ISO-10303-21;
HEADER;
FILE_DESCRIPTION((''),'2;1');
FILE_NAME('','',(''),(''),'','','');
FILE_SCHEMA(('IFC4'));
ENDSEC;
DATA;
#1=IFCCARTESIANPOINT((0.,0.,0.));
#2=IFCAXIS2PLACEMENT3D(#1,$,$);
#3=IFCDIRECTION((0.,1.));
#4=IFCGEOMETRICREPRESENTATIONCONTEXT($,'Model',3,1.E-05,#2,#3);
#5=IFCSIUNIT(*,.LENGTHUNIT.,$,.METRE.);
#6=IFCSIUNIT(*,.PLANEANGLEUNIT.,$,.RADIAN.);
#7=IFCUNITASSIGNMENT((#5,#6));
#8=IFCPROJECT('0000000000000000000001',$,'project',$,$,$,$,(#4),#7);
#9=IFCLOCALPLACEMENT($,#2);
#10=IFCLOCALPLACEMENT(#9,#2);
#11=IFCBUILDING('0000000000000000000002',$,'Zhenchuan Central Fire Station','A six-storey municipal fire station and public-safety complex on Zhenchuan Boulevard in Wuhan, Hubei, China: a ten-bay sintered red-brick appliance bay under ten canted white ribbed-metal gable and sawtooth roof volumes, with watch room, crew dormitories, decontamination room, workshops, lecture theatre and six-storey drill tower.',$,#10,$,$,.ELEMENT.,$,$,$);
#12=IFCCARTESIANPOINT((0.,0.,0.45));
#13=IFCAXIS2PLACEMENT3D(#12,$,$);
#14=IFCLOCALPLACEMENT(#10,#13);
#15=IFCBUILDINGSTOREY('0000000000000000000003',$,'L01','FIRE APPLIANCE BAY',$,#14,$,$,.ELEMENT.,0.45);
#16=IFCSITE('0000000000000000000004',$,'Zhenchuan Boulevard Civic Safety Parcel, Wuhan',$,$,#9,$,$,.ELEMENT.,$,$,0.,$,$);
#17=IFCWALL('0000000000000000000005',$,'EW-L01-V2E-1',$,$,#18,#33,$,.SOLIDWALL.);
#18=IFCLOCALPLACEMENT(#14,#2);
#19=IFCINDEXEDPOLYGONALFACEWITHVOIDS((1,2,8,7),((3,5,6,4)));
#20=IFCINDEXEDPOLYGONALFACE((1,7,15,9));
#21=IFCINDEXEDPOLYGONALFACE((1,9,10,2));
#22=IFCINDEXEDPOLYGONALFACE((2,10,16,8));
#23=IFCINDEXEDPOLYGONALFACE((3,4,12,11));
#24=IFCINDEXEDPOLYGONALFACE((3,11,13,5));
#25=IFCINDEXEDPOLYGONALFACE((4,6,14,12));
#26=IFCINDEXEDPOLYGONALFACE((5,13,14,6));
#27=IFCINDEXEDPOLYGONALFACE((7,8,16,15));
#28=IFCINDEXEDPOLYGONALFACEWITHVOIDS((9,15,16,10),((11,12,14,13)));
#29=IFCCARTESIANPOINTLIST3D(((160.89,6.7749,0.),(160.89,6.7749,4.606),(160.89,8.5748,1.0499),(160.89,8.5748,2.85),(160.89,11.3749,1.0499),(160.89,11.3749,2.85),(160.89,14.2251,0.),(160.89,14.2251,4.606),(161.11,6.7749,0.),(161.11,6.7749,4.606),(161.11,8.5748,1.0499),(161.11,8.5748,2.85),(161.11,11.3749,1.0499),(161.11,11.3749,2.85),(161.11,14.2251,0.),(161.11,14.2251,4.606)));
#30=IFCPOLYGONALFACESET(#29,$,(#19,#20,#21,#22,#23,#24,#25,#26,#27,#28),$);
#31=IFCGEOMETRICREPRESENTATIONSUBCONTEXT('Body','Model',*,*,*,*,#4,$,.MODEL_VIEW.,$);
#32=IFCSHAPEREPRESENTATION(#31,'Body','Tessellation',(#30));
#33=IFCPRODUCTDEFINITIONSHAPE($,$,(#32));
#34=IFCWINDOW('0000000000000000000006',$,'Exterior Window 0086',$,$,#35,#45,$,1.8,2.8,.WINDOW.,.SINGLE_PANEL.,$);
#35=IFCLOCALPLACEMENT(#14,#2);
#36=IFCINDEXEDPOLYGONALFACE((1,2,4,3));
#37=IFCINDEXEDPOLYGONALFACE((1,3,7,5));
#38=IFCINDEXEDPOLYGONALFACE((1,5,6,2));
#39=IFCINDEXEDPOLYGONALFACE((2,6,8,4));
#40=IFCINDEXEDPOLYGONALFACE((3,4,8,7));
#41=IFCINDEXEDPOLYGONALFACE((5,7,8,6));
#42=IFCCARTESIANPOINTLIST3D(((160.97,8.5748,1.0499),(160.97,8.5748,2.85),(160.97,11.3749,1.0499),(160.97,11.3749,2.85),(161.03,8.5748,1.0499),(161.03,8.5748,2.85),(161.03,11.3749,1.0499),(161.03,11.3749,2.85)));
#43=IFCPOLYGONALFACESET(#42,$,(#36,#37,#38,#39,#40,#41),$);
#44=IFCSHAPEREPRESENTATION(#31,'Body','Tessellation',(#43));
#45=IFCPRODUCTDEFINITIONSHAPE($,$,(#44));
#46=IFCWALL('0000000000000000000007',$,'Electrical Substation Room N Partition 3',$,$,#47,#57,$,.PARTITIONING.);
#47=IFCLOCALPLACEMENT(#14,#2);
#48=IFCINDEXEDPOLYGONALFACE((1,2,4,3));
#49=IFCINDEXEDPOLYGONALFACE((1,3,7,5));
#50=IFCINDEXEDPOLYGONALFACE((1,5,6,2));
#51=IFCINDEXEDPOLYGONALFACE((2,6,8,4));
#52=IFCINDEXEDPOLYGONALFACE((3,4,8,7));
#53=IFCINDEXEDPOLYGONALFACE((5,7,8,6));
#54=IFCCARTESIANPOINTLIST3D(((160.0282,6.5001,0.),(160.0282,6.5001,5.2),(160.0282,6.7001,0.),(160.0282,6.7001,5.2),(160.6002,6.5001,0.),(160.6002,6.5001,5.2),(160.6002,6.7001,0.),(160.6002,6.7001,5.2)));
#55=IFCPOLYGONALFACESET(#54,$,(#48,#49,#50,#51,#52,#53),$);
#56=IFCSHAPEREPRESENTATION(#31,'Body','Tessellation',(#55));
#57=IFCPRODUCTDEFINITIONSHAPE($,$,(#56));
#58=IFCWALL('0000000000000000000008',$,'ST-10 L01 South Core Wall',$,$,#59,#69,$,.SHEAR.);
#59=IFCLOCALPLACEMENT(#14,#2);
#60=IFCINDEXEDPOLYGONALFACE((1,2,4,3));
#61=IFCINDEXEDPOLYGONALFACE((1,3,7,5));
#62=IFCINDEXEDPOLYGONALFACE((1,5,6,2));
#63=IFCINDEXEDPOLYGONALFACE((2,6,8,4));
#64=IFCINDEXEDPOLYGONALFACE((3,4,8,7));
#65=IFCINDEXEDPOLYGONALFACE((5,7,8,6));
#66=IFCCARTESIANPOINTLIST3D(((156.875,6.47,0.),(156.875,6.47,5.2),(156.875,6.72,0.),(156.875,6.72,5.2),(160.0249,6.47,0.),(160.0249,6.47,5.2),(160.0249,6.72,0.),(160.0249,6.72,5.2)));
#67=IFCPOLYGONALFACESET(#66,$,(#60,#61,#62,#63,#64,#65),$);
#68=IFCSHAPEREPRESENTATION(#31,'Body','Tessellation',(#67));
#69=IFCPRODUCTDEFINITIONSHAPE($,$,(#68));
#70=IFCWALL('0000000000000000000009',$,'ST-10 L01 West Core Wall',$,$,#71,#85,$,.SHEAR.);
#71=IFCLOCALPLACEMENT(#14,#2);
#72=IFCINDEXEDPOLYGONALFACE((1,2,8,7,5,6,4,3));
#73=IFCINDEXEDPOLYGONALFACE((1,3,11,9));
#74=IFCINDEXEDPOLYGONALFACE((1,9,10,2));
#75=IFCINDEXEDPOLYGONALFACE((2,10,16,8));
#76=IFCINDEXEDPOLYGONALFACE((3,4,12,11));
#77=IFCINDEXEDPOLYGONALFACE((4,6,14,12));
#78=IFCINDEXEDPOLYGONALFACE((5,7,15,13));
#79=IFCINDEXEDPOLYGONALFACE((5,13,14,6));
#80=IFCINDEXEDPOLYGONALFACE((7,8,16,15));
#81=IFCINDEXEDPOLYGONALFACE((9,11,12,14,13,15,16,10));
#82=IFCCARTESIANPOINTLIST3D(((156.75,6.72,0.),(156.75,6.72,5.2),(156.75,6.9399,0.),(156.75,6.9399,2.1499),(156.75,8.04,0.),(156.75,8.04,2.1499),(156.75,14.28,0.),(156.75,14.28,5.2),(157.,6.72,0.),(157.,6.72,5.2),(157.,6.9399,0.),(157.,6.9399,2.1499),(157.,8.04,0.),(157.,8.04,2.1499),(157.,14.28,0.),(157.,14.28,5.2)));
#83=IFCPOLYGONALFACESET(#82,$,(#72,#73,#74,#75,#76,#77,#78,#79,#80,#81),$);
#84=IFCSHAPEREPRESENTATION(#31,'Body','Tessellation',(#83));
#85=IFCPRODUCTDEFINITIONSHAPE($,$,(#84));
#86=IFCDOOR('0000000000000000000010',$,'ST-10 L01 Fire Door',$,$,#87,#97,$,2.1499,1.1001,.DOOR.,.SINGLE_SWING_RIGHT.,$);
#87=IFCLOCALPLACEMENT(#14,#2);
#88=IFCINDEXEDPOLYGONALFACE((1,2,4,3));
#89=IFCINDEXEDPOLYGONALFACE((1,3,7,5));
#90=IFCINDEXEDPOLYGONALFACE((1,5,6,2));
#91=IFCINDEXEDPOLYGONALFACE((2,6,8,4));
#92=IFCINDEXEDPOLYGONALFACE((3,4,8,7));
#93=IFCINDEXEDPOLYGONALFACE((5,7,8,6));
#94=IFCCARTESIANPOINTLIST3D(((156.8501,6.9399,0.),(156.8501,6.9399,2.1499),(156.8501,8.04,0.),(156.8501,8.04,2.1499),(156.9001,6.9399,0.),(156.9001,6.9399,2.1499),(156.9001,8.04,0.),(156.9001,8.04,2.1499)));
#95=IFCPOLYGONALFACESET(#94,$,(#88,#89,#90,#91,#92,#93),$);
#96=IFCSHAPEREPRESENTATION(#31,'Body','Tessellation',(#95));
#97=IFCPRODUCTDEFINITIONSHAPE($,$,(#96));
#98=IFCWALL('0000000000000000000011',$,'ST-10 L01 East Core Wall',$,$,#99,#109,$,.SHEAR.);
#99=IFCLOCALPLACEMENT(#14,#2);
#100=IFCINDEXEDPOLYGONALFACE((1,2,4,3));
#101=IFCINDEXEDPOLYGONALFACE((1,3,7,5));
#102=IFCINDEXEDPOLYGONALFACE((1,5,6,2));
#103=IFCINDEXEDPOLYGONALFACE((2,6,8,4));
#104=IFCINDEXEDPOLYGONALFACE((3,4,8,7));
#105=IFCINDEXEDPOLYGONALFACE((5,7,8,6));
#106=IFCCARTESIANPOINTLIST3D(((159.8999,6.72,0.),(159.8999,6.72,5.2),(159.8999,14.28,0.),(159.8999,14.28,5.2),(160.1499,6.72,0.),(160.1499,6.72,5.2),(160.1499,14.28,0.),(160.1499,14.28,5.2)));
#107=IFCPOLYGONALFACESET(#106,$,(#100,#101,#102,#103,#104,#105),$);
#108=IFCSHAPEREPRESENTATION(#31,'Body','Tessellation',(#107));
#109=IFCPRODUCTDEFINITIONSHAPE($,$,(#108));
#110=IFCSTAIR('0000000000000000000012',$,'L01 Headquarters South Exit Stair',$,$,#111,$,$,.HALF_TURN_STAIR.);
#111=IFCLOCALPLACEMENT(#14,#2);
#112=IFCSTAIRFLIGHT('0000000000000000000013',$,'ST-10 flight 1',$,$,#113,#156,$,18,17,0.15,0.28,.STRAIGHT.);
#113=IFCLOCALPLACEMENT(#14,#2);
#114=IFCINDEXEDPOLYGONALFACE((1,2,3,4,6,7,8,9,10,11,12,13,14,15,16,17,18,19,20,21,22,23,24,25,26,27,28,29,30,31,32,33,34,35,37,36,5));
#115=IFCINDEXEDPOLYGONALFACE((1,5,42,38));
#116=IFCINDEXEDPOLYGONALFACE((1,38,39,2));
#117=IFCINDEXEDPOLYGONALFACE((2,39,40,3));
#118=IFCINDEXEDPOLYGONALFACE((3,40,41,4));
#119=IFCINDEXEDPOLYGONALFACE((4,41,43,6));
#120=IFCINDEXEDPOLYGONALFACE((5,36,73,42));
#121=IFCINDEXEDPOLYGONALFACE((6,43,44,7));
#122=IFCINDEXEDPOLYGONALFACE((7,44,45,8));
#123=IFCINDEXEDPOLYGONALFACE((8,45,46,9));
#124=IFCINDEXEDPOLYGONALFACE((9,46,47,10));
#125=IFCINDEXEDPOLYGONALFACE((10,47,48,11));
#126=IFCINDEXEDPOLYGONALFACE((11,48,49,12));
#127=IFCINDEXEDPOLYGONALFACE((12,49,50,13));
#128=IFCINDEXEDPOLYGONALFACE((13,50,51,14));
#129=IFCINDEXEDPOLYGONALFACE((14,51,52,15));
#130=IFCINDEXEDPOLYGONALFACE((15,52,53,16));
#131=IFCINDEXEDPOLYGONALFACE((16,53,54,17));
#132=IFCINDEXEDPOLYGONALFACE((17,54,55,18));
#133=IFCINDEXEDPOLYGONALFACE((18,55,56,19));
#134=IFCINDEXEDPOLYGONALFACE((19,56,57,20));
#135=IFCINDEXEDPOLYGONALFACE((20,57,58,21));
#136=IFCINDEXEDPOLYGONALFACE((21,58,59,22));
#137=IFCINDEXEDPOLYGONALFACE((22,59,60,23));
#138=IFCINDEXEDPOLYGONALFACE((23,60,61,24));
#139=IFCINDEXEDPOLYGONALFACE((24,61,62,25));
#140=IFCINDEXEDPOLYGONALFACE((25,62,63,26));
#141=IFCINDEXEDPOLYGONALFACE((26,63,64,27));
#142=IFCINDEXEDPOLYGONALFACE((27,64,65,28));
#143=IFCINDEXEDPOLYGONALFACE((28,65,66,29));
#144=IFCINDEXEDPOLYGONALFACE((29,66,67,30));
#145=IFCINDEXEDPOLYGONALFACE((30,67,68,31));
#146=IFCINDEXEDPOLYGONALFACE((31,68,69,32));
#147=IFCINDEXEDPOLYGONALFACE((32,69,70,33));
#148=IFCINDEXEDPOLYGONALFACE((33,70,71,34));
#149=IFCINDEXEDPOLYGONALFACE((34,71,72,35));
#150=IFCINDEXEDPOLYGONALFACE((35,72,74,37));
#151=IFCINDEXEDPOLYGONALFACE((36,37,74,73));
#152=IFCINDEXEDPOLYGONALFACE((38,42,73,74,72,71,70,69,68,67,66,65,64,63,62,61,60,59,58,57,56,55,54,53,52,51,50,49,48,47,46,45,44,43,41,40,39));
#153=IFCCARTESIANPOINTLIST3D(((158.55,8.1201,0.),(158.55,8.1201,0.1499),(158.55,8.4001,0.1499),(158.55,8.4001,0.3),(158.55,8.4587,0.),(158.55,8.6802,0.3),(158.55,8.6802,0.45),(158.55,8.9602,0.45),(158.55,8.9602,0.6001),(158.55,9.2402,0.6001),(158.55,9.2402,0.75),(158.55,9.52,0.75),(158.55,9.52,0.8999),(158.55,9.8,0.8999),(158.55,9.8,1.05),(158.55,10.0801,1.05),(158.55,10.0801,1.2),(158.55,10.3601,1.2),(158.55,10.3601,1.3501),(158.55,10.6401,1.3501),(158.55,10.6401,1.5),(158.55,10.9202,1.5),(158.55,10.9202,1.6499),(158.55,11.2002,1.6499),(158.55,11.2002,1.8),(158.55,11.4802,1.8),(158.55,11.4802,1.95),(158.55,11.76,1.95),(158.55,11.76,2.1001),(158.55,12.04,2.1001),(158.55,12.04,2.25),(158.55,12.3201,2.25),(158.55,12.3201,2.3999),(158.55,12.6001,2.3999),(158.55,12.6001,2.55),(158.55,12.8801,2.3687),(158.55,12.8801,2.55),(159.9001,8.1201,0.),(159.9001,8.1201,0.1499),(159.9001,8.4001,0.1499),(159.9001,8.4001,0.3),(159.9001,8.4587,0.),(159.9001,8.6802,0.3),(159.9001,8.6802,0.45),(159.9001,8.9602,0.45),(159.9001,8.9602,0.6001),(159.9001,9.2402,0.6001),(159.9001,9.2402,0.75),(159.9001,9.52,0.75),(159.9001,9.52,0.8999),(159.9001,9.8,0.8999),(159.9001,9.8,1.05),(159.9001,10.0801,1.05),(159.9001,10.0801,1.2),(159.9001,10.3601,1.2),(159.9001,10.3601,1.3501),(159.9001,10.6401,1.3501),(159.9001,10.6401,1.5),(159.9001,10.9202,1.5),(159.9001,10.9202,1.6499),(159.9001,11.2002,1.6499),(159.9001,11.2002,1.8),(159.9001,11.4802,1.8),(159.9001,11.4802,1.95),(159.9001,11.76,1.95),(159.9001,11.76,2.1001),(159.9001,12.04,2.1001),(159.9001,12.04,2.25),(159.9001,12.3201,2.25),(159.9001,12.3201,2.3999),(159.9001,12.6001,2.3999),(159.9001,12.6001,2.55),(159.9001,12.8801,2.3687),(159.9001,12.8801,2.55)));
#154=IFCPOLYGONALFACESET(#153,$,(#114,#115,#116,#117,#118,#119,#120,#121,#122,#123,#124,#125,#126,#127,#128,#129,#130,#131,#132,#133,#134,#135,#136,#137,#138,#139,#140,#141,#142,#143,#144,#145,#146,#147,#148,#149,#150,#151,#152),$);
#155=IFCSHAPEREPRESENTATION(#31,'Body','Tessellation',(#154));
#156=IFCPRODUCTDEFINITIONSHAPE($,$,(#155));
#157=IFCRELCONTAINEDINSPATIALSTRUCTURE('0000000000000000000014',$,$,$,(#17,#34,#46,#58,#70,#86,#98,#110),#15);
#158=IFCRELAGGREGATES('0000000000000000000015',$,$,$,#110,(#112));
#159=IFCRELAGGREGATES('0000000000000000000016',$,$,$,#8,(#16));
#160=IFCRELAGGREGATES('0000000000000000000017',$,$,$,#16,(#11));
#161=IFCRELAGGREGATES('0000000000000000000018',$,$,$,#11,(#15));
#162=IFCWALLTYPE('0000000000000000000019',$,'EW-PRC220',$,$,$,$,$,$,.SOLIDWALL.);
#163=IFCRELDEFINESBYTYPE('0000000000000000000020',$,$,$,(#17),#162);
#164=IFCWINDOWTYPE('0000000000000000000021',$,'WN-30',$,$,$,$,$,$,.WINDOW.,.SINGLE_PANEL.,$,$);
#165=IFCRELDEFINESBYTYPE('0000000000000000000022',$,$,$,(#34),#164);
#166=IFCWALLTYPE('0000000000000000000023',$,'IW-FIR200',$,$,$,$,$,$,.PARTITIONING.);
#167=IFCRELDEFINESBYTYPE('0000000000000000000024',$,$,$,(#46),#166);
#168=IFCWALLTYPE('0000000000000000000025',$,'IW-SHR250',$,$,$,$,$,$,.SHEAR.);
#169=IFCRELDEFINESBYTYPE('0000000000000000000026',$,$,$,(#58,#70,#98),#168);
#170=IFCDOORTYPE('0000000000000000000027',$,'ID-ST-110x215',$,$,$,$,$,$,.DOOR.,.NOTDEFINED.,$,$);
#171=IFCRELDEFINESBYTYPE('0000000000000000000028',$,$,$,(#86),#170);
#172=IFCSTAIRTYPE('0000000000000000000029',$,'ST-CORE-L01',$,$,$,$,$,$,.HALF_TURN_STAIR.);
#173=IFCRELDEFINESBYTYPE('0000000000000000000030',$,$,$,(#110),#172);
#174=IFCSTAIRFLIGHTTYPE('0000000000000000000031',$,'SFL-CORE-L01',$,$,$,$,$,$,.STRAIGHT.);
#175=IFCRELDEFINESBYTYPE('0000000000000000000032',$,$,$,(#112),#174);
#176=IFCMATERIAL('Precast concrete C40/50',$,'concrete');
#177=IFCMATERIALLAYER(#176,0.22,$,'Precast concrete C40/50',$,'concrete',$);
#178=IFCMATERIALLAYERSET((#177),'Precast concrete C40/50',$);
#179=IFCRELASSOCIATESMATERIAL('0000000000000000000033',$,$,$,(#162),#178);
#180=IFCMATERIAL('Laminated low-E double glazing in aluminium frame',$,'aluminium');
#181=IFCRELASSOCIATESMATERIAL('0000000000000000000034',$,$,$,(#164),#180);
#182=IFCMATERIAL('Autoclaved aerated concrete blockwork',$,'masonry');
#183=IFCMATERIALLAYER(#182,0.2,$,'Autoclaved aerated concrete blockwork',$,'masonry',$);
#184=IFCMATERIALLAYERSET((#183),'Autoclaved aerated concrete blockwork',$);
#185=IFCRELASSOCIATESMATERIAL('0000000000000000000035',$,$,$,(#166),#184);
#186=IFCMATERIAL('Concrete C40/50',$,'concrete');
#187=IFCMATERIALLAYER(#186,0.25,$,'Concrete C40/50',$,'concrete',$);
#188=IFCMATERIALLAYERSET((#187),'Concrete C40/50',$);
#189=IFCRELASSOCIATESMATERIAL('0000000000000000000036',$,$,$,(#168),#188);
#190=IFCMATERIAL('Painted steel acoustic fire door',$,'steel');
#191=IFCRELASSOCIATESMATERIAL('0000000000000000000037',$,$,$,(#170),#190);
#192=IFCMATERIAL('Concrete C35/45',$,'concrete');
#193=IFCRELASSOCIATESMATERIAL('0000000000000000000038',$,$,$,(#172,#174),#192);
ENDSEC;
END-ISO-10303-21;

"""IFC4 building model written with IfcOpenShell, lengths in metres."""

from ifc_helpers import new_model, si_unit, direction, frame, frame_2d, origin, place, context, subcontext, project, spatial, polyline, rectangle, outline, extrude, material, layer, layer_set, type_object, element, fill, aggregate, save


model = new_model("IFC4")

# Units and contexts
model_context = context("Model", 3, precision=1e-05, world=origin(), true_north=direction((0.0, 1.0)))
body_context = subcontext(model_context, "Body", "Model", "MODEL_VIEW")
ifc_project = project(units=[si_unit("LENGTHUNIT", "METRE"), si_unit("PLANEANGLEUNIT", "RADIAN")], contexts=[model_context])

# Site, building, storey
site_placement = place(None, origin())
site = spatial("IfcSite", under=ifc_project, at=site_placement, Name="Zhenchuan Boulevard Civic Safety Parcel, Wuhan", CompositionType="ELEMENT", RefElevation=0.0)
building_placement = place(site_placement, origin())
building = spatial("IfcBuilding", under=site, at=building_placement, Name="Zhenchuan Central Fire Station", Description="A six-storey municipal fire station and public-safety complex on Zhenchuan Boulevard in Wuhan, Hubei, China: a ten-bay sintered red-brick appliance bay under ten canted white ribbed-metal gable and sawtooth roof volumes, with watch room, crew dormitories, decontamination room, workshops, lecture theatre and six-storey drill tower.", CompositionType="ELEMENT")
storey_placement = place(building_placement, frame((0.0, 0.0, 0.45)))
storey = spatial("IfcBuildingStorey", under=building, at=storey_placement, Name="L01", Description="FIRE APPLIANCE BAY", CompositionType="ELEMENT", Elevation=0.45)

# Shared definitions
ifc_material_1 = material(Name="Concrete C40/50", Category="concrete")

# Shared definitions
ifc_material_2 = material(Name="Concrete C35/45", Category="concrete")

# Wall, opening, window
ifc_material_3 = material(Name="Precast concrete C40/50", Category="concrete")
ifc_layer_1 = layer(ifc_material_3, 0.22, Name="Precast concrete C40/50", Category="concrete")
ifc_layer_set_1 = layer_set([ifc_layer_1], Name="Precast concrete C40/50")
wall_type_1 = type_object("IfcWallType", Name="EW-PRC220", PredefinedType="SOLIDWALL", material=ifc_layer_set_1)
wall_1_placement = place(storey_placement, frame((161.0, 6.7749, 0.0), z_axis=(0.0, 0.0, 1.0), x_axis=(0.0, 1.0, 0.0)))
wall_1 = element("IfcWall", 1, at=wall_1_placement, inside=storey, type_object=wall_type_1, Name="EW-L01-V2E-1", PredefinedType="SOLIDWALL", context=body_context, shape_type="SweptSolid", body=[
    extrude(rectangle(XDim=7.4502, YDim=0.22, at=frame_2d((3.7251, 0.0))), origin(), (0.0, 0.0, 1.0), 4.606),
])
opening_1_placement = place(wall_1_placement, frame((1.8, 0.0, 1.05)))
opening_1 = element("IfcOpeningElement", 2, at=opening_1_placement, cuts=wall_1, PredefinedType="OPENING", context=body_context, shape_type="SweptSolid", body=[
    extrude(rectangle(XDim=2.8, YDim=1.8, at=frame_2d((1.3999, 0.8999))), frame((0.0, 0.1199, 0.0), z_axis=(0.0, -1.0, 0.0), x_axis=(1.0, 0.0, 0.0)), (0.0, 0.0, 1.0), 0.24),
])
ifc_material_4 = material(Name="Laminated low-E double glazing in aluminium frame", Category="aluminium")
window_type = type_object("IfcWindowType", Name="WN-30", PartitioningType="SINGLE_PANEL", PredefinedType="WINDOW", material=ifc_material_4)
window_placement = place(opening_1_placement, origin())
window = element("IfcWindow", 3, at=window_placement, inside=storey, type_object=window_type, Name="Exterior Window 0086", OverallHeight=1.8, OverallWidth=2.8, PartitioningType="SINGLE_PANEL", PredefinedType="WINDOW", context=body_context, shape_type="SweptSolid", body=[
    extrude(rectangle(XDim=2.8, YDim=1.8, at=frame_2d((1.3999, 0.8999))), frame((0.0, 0.03, 0.0), z_axis=(0.0, -1.0, 0.0), x_axis=(1.0, 0.0, 0.0)), (0.0, 0.0, 1.0), 0.0601),
])
fill(opening_1, window)

# Walls
ifc_material_5 = material(Name="Autoclaved aerated concrete blockwork", Category="masonry")
ifc_layer_2 = layer(ifc_material_5, 0.2, Name="Autoclaved aerated concrete blockwork", Category="masonry")
ifc_layer_set_2 = layer_set([ifc_layer_2], Name="Autoclaved aerated concrete blockwork")
wall_type_2 = type_object("IfcWallType", Name="IW-FIR200", PredefinedType="PARTITIONING", material=ifc_layer_set_2)
wall_2_placement = place(storey_placement, frame((160.0281, 6.6001, 0.0), z_axis=(0.0, 0.0, 1.0), x_axis=(1.0, 0.0, 0.0)))
element("IfcWall", 4, at=wall_2_placement, inside=storey, type_object=wall_type_2, Name="Electrical Substation Room N Partition 3", PredefinedType="PARTITIONING", context=body_context, shape_type="SweptSolid", body=[
    extrude(rectangle(XDim=0.572, YDim=0.2, at=frame_2d((0.2861, 0.0))), origin(), (0.0, 0.0, 1.0), 5.2),
])
ifc_layer_3 = layer(ifc_material_1, 0.25, Name="Concrete C40/50", Category="concrete")
ifc_layer_set_3 = layer_set([ifc_layer_3], Name="Concrete C40/50")
wall_type_3 = type_object("IfcWallType", Name="IW-SHR250", PredefinedType="SHEAR", material=ifc_layer_set_3)
wall_3_placement = place(storey_placement, frame((156.875, 6.595, 0.0), z_axis=(0.0, 0.0, 1.0), x_axis=(1.0, 0.0, 0.0)))
element("IfcWall", 5, at=wall_3_placement, inside=storey, type_object=wall_type_3, Name="ST-10 L01 South Core Wall", PredefinedType="SHEAR", context=body_context, shape_type="SweptSolid", body=[
    extrude(rectangle(XDim=3.1499, YDim=0.25, at=frame_2d((1.575, 0.0))), origin(), (0.0, 0.0, 1.0), 5.2),
])

# Wall, opening, door
wall_4_placement = place(storey_placement, frame((156.875, 6.72, 0.0), z_axis=(0.0, 0.0, 1.0), x_axis=(0.0, 1.0, 0.0)))
wall_4 = element("IfcWall", 6, at=wall_4_placement, inside=storey, type_object=wall_type_3, Name="ST-10 L01 West Core Wall", PredefinedType="SHEAR", context=body_context, shape_type="SweptSolid", body=[
    extrude(rectangle(XDim=7.5601, YDim=0.25, at=frame_2d((3.78, 0.0))), origin(), (0.0, 0.0, 1.0), 5.2),
])
opening_2_placement = place(wall_4_placement, frame((0.22, 0.0, 0.0)))
opening_2 = element("IfcOpeningElement", 7, at=opening_2_placement, cuts=wall_4, PredefinedType="OPENING", context=body_context, shape_type="SweptSolid", body=[
    extrude(rectangle(XDim=1.1001, YDim=2.1499, at=frame_2d((0.55, 1.075))), frame((0.0, 0.135, 0.0), z_axis=(0.0, -1.0, 0.0), x_axis=(1.0, 0.0, 0.0)), (0.0, 0.0, 1.0), 0.27),
])
ifc_material_6 = material(Name="Painted steel acoustic fire door", Category="steel")
door_type = type_object("IfcDoorType", Name="ID-ST-110x215", OperationType="NOTDEFINED", PredefinedType="DOOR", material=ifc_material_6)
door_placement = place(opening_2_placement, origin())
door = element("IfcDoor", 8, at=door_placement, inside=storey, type_object=door_type, Name="ST-10 L01 Fire Door", OperationType="SINGLE_SWING_RIGHT", OverallHeight=2.1499, OverallWidth=1.1001, PredefinedType="DOOR", context=body_context, shape_type="SweptSolid", body=[
    extrude(rectangle(XDim=1.1001, YDim=2.1499, at=frame_2d((0.55, 1.075))), frame((0.0, 0.0249, 0.0), z_axis=(0.0, -1.0, 0.0), x_axis=(1.0, 0.0, 0.0)), (0.0, 0.0, 1.0), 0.05),
])
fill(opening_2, door)

# Wall
wall_5_placement = place(storey_placement, frame((160.0249, 6.72, 0.0), z_axis=(0.0, 0.0, 1.0), x_axis=(0.0, 1.0, 0.0)))
element("IfcWall", 9, at=wall_5_placement, inside=storey, type_object=wall_type_3, Name="ST-10 L01 East Core Wall", PredefinedType="SHEAR", context=body_context, shape_type="SweptSolid", body=[
    extrude(rectangle(XDim=7.5601, YDim=0.25, at=frame_2d((3.78, 0.0))), origin(), (0.0, 0.0, 1.0), 5.2),
])

# Stair, stair flight
stair_type = type_object("IfcStairType", Name="ST-CORE-L01", PredefinedType="HALF_TURN_STAIR", material=ifc_material_2)
stair_placement = place(storey_placement, origin())
stair = element("IfcStair", 10, at=stair_placement, inside=storey, type_object=stair_type, Name="L01 Headquarters South Exit Stair", PredefinedType="HALF_TURN_STAIR")
stair_flight_type = type_object("IfcStairFlightType", Name="SFL-CORE-L01", PredefinedType="STRAIGHT", material=ifc_material_2)
stair_flight_1_placement = place(storey_placement, frame((159.2251, 8.1201, 0.0), z_axis=(0.0, 0.0, 1.0), x_axis=(0.0, 1.0, 0.0)))
stair_flight_1 = element("IfcStairFlight", 11, at=stair_flight_1_placement, type_object=stair_flight_type, Name="ST-10 flight 1", NumberOfRisers=18, NumberOfTreads=17, PredefinedType="STRAIGHT", RiserHeight=0.15, TreadLength=0.28, context=body_context, shape_type="SweptSolid", body=[
    extrude(outline(polyline([(0.0, 0.0), (0.0, 0.1499), (0.28, 0.1499), (0.28, 0.3), (0.5601, 0.3), (0.5601, 0.45), (0.8401, 0.45), (0.8401, 0.6001), (1.1201, 0.6001), (1.1201, 0.75), (1.3999, 0.75), (1.3999, 0.8999), (1.6799, 0.8999), (1.6799, 1.05), (1.96, 1.05), (1.96, 1.2), (2.24, 1.2), (2.24, 1.3501), (2.52, 1.3501), (2.52, 1.5), (2.8, 1.5), (2.8, 1.6499), (3.0801, 1.6499), (3.0801, 1.8), (3.3601, 1.8), (3.3601, 1.95), (3.6399, 1.95), (3.6399, 2.1001), (3.9199, 2.1001), (3.9199, 2.25), (4.2, 2.25), (4.2, 2.3999), (4.48, 2.3999), (4.48, 2.55), (4.76, 2.55), (4.76, 2.7), (4.76, 2.3687), (0.3386, 0.0), (0.0, 0.0)])), frame((0.0, 0.675, 0.0), z_axis=(0.0, -1.0, 0.0), x_axis=(1.0, 0.0, 0.0)), (0.0, 0.0, 1.0), 1.3501),
])
aggregate(stair, [stair_flight_1])

save(model, "model.ifc")
